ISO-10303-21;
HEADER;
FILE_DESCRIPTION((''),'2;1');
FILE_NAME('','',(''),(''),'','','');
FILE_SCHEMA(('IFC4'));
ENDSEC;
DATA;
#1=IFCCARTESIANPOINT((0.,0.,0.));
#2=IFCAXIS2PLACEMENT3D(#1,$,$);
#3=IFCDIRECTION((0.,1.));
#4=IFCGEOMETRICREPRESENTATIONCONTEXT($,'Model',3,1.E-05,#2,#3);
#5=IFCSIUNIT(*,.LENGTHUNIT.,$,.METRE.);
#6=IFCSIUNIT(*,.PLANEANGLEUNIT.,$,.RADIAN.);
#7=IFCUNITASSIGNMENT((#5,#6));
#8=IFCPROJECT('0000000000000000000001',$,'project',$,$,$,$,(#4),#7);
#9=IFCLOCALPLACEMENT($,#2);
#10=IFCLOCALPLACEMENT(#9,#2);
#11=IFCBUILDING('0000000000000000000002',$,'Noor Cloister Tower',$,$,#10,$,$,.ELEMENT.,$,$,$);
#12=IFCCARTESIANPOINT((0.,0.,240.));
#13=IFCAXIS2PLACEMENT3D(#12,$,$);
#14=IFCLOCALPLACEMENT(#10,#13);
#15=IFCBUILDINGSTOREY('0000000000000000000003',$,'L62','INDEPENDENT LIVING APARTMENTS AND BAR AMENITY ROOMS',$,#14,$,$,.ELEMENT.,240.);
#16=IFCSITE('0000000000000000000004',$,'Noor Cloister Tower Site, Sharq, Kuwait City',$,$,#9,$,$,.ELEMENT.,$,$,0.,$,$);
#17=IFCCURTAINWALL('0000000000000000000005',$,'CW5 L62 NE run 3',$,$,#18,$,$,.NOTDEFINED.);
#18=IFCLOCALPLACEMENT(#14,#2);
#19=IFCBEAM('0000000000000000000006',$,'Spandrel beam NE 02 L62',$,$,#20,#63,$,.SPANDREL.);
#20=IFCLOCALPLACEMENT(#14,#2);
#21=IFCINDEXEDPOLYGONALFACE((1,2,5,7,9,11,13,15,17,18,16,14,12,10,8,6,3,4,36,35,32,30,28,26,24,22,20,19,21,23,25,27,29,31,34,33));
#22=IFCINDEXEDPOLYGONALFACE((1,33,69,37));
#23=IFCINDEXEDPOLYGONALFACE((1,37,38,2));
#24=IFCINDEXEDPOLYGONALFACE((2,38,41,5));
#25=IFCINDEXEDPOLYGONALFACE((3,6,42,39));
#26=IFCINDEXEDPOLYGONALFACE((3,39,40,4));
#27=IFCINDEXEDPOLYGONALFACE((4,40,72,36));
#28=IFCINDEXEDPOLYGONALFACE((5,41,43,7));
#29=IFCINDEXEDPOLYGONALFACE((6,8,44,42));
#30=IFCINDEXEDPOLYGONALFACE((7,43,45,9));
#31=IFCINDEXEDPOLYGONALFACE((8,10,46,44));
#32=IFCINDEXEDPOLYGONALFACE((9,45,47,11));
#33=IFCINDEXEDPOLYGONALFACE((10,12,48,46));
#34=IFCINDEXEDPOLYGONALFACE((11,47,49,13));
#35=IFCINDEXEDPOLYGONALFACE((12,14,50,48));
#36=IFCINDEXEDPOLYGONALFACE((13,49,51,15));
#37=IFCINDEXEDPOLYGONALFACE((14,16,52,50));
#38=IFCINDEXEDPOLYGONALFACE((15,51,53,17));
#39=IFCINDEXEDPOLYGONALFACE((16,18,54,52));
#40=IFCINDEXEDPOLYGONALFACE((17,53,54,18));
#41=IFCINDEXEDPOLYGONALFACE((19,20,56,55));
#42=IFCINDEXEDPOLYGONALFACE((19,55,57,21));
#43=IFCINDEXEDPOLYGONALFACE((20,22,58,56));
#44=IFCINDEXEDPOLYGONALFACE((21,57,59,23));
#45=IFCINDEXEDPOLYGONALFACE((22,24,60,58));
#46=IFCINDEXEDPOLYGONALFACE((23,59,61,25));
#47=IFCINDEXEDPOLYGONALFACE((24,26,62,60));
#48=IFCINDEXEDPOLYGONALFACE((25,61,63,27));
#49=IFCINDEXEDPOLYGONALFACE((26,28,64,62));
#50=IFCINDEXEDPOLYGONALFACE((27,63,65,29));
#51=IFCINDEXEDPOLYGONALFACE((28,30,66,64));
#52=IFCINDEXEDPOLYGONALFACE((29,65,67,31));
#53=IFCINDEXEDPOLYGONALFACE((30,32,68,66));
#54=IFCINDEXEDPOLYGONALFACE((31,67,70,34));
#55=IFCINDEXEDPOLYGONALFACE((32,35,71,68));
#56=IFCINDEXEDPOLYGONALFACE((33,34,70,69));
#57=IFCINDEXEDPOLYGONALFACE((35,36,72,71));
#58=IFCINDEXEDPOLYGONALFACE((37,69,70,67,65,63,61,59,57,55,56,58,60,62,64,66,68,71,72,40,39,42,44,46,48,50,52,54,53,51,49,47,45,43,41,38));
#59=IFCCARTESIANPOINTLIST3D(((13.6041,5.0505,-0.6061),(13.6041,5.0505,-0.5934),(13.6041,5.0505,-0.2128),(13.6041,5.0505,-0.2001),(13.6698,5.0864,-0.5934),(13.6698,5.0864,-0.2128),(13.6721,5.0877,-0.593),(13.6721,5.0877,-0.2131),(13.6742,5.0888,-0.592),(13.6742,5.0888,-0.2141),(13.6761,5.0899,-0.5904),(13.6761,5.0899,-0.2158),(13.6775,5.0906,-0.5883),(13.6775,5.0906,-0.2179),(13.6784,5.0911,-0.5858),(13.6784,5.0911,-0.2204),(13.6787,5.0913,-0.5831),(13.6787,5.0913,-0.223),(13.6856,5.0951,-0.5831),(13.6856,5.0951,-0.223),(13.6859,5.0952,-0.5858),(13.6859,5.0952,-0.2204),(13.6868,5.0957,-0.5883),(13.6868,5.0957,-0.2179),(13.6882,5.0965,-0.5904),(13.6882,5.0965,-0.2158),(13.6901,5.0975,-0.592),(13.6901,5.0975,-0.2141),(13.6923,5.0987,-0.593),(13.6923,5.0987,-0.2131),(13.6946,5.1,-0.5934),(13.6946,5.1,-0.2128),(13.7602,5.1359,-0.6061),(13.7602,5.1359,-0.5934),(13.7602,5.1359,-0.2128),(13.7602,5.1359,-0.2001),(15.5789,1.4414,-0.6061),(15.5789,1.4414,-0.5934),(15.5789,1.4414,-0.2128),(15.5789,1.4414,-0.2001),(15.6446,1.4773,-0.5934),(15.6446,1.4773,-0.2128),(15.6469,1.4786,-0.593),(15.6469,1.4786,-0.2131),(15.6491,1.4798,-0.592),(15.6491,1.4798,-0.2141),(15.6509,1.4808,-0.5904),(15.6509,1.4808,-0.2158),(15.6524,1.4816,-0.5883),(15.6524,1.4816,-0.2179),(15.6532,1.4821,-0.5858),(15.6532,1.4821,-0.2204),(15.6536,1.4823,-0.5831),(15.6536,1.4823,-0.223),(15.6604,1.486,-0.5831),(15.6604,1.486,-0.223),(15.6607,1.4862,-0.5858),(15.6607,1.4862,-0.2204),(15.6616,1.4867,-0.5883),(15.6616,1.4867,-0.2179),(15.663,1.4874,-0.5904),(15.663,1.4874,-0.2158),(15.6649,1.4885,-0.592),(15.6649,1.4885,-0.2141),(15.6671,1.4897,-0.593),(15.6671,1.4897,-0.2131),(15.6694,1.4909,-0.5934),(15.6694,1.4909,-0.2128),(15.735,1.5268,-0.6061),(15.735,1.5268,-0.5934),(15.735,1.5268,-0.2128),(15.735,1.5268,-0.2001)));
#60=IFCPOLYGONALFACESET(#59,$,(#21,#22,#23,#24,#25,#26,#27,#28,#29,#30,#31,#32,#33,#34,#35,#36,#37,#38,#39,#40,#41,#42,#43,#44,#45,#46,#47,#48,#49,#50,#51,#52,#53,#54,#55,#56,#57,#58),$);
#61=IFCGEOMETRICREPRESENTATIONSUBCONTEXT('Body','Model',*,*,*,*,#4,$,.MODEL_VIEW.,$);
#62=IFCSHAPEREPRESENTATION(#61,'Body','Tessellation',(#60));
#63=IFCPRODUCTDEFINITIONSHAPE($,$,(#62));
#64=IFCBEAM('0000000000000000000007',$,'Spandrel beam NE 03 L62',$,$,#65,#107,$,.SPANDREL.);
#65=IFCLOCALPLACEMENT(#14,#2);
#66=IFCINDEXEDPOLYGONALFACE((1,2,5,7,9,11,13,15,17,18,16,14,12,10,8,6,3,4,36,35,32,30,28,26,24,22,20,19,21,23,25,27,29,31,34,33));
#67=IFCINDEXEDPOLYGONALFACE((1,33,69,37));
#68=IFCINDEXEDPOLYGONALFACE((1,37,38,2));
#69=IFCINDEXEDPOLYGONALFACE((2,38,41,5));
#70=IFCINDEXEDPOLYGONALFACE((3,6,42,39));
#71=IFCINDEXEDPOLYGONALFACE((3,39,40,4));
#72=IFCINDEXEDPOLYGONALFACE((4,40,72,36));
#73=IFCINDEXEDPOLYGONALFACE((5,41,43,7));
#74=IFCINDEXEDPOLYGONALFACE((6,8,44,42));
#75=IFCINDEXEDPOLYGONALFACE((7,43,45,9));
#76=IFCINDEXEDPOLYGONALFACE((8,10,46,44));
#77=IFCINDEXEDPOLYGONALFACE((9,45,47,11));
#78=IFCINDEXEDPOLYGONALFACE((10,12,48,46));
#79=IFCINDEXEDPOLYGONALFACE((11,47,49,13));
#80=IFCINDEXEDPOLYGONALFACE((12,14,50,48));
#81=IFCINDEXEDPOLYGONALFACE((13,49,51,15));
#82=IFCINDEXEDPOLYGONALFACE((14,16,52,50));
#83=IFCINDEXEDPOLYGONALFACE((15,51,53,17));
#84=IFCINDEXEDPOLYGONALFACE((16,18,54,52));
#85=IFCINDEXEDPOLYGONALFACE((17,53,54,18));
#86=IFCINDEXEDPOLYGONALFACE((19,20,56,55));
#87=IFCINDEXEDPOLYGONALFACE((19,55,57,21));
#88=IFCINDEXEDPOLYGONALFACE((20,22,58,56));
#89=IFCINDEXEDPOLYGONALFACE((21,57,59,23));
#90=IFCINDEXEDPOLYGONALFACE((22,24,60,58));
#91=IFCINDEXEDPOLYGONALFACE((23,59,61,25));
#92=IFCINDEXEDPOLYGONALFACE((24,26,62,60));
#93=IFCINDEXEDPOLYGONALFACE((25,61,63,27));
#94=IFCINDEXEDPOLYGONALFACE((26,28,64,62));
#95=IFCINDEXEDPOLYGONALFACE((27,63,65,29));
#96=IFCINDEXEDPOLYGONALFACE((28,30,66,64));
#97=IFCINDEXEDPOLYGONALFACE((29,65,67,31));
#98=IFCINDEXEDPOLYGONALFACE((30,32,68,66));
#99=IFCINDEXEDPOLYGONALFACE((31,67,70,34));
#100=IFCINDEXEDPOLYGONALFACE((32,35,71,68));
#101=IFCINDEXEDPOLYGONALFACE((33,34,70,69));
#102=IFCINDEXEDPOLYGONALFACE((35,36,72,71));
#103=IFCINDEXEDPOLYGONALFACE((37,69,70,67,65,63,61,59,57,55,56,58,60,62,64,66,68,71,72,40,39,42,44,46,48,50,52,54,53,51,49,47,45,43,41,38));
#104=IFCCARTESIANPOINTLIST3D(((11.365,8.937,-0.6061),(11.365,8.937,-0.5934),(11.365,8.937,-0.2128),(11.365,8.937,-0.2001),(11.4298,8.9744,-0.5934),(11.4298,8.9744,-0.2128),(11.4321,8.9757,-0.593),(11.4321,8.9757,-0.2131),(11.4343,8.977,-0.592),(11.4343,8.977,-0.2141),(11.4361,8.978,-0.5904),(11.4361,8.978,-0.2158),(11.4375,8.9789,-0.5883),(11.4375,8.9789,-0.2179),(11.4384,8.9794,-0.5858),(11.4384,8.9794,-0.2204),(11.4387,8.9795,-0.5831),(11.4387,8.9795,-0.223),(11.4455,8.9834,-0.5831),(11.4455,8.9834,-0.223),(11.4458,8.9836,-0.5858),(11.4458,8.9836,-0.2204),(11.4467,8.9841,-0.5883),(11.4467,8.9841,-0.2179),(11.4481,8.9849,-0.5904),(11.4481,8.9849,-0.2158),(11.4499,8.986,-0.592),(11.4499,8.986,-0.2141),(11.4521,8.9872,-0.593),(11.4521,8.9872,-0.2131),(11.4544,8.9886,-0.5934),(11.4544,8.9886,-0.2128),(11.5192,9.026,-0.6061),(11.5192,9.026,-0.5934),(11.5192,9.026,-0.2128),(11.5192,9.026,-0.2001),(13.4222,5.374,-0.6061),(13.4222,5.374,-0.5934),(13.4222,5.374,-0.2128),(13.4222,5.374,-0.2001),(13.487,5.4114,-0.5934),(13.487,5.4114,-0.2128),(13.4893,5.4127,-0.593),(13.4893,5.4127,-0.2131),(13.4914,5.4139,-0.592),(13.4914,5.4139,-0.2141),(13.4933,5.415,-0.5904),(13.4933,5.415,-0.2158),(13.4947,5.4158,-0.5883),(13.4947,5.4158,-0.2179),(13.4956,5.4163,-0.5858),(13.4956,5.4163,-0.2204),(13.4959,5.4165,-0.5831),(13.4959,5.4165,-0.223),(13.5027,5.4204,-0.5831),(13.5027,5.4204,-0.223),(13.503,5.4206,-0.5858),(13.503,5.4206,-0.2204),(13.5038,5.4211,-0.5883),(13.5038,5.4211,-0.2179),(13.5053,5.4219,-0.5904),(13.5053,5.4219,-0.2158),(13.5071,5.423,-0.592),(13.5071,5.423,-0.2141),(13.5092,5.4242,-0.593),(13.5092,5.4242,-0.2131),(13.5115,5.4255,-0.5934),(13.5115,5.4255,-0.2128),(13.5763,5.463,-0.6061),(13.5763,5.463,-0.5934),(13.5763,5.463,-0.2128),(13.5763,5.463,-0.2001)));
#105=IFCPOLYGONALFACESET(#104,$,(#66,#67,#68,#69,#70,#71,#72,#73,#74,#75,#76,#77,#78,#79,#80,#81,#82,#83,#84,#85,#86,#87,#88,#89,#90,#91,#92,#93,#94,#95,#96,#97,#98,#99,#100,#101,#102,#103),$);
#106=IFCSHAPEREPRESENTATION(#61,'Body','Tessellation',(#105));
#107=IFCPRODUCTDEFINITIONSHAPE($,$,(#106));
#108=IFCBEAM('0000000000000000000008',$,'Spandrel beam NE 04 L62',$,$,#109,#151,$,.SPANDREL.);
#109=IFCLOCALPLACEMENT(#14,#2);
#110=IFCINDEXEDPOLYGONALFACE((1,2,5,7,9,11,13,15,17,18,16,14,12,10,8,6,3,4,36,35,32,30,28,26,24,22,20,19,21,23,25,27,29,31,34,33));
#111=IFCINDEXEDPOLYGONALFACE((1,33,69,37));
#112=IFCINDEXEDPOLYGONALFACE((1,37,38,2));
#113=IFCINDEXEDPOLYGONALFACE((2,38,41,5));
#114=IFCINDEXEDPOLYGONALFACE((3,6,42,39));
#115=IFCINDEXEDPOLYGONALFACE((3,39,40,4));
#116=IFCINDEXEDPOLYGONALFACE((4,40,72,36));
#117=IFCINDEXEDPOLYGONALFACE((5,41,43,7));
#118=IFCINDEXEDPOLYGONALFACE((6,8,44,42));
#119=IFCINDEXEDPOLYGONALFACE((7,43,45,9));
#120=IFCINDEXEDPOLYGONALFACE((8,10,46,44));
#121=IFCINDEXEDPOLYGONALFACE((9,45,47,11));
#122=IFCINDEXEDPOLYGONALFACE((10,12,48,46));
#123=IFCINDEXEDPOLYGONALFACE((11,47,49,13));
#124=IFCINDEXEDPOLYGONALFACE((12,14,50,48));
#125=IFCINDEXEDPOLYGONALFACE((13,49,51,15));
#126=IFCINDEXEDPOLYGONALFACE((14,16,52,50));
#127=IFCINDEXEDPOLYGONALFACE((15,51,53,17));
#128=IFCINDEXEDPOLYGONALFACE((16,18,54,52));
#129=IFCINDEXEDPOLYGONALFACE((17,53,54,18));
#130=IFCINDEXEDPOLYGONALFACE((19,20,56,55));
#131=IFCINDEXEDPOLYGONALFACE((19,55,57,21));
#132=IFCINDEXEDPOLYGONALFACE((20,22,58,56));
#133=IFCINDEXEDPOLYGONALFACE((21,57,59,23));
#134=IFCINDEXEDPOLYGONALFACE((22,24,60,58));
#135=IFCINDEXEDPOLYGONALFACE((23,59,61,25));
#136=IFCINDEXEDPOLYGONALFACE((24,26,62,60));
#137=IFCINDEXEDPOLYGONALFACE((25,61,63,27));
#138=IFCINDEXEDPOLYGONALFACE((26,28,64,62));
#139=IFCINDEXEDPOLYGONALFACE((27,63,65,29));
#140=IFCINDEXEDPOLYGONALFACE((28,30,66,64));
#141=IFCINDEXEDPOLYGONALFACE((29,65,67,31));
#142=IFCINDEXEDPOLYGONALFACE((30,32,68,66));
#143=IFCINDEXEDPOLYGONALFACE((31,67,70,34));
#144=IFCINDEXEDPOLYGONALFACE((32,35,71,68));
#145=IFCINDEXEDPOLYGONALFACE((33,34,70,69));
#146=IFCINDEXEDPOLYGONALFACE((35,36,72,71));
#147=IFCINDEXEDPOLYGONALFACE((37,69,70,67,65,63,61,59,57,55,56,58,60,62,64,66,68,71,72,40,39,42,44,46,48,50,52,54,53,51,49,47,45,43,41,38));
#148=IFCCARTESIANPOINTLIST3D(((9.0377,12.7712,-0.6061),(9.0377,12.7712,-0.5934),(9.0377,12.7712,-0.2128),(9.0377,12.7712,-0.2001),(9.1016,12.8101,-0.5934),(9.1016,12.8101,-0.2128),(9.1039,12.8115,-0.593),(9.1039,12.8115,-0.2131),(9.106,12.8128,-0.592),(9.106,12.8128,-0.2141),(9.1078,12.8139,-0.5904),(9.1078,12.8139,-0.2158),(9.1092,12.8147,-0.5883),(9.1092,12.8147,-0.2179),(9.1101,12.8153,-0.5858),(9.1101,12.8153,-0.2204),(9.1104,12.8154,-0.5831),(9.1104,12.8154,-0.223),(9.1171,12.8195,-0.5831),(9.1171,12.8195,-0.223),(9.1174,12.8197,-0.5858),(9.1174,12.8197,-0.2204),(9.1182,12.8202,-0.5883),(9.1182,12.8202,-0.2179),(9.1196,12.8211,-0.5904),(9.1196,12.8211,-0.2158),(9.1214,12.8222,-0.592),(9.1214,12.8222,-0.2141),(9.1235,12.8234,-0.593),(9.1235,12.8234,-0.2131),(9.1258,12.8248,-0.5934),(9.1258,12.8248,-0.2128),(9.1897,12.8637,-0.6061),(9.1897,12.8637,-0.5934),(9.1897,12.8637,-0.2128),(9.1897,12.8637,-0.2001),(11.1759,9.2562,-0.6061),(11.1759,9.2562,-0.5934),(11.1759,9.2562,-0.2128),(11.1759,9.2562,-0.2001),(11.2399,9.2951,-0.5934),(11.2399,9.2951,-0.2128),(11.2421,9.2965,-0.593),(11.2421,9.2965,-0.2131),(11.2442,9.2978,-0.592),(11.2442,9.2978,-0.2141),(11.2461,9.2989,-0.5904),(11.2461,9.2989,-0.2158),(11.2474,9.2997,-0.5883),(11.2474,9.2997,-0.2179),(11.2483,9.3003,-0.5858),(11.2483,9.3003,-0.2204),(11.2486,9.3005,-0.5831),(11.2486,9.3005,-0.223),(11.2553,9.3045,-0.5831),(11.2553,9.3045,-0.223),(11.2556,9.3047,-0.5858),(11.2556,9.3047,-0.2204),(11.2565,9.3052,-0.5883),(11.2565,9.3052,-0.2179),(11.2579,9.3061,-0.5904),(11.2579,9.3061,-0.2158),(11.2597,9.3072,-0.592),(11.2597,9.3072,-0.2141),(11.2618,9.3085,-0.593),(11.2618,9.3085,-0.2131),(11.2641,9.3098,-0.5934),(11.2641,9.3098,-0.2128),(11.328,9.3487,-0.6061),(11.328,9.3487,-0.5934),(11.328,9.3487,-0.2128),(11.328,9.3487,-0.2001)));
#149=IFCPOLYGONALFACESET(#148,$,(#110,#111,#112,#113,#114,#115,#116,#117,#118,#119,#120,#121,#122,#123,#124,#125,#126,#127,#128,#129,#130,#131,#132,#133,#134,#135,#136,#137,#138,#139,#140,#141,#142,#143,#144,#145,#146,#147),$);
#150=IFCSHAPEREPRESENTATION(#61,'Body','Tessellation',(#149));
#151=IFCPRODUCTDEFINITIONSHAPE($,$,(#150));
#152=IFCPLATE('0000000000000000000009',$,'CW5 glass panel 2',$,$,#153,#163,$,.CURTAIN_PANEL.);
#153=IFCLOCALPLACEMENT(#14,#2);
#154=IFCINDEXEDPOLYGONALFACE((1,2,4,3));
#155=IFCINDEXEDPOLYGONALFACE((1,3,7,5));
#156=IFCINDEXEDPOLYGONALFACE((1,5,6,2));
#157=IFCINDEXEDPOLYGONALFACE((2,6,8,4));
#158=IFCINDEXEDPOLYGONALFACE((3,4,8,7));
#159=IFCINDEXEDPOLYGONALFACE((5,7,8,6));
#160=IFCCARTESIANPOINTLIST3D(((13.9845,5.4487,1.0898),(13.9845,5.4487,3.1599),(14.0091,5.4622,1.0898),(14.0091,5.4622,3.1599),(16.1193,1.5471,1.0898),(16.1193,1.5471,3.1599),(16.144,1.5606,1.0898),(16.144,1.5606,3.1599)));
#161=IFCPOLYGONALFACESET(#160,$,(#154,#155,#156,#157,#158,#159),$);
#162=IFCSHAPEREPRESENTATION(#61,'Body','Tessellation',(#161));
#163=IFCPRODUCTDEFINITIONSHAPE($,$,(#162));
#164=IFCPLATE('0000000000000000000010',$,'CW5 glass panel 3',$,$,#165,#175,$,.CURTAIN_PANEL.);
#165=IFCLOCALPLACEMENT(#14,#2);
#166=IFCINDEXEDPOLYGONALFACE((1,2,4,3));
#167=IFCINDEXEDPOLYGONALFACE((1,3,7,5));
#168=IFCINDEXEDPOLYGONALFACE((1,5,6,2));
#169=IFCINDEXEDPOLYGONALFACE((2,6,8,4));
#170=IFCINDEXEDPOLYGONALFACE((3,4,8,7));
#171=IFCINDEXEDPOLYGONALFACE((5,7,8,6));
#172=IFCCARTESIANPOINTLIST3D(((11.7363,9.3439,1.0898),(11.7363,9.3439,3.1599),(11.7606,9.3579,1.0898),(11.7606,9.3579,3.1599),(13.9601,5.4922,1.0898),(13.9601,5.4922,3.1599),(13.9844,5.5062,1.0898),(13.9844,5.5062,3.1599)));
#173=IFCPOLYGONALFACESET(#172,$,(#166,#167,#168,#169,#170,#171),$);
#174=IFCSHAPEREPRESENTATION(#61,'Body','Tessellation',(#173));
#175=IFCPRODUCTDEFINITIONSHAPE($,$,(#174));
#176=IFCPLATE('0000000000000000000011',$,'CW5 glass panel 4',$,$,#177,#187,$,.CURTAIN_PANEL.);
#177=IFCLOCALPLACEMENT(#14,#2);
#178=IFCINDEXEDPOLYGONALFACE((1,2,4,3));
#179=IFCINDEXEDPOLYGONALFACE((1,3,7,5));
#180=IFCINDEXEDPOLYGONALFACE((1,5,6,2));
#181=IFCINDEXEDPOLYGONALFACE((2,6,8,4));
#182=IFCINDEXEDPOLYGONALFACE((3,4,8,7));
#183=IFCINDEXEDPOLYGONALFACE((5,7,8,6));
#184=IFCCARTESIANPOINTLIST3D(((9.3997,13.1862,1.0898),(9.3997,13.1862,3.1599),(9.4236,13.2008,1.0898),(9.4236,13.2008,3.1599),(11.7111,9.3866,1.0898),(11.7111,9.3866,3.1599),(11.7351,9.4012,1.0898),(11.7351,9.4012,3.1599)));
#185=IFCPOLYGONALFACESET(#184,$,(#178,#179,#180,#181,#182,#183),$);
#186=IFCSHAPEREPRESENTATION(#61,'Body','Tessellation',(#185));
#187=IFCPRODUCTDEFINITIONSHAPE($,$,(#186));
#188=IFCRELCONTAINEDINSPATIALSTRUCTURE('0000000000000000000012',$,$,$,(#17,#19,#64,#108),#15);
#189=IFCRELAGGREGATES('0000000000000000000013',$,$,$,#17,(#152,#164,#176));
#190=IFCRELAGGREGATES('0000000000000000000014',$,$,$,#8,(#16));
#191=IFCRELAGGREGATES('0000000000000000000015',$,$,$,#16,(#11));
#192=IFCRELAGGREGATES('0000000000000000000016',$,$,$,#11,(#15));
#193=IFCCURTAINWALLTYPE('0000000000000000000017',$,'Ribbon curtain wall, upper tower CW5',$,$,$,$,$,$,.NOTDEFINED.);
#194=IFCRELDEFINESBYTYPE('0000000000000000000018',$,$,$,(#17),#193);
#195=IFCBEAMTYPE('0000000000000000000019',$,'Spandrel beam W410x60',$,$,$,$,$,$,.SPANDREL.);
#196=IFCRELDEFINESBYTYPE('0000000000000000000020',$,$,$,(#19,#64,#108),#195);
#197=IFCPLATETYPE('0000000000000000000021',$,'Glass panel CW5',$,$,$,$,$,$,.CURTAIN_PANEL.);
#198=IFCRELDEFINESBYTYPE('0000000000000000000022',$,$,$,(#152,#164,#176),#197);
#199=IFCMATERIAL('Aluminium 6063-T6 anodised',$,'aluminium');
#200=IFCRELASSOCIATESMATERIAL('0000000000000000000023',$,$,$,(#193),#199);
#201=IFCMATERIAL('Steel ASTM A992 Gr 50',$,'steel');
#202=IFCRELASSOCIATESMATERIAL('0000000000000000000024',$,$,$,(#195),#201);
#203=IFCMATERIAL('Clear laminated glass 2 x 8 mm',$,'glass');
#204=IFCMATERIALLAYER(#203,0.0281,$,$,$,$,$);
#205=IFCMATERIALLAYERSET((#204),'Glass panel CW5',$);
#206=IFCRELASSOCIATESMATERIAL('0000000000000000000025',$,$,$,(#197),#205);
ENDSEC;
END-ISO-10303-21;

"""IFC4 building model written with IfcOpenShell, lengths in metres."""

from ifc_helpers import new_model, si_unit, direction, frame, origin, origin_2d, place, context, subcontext, project, spatial, rectangle, i_section, extrude, material, layer, layer_set, material_profile, profile_set, type_object, element, aggregate, save


model = new_model("IFC4")

# Units and contexts
model_context = context("Model", 3, precision=1e-05, world=origin(), true_north=direction((0.0, 1.0)))
body_context = subcontext(model_context, "Body", "Model", "MODEL_VIEW")
ifc_project = project(units=[si_unit("LENGTHUNIT", "METRE"), si_unit("PLANEANGLEUNIT", "RADIAN")], contexts=[model_context])

# Site, building, storey
site_placement = place(None, origin())
site = spatial("IfcSite", under=ifc_project, at=site_placement, Name="Noor Cloister Tower Site, Sharq, Kuwait City", CompositionType="ELEMENT", RefElevation=0.0)
building_placement = place(site_placement, origin())
building = spatial("IfcBuilding", under=site, at=building_placement, Name="Noor Cloister Tower", CompositionType="ELEMENT")
storey_placement = place(building_placement, frame((0.0, 0.0, 240.0)))
storey = spatial("IfcBuildingStorey", under=building, at=storey_placement, Name="L62", Description="INDEPENDENT LIVING APARTMENTS AND BAR AMENITY ROOMS", CompositionType="ELEMENT", Elevation=240.0)

# Curtain wall
ifc_material_1 = material(Name="Aluminium 6063-T6 anodised", Category="aluminium")
curtain_wall_type = type_object("IfcCurtainWallType", Name="Ribbon curtain wall, upper tower CW5", PredefinedType="NOTDEFINED", material=ifc_material_1)
curtain_wall_placement = place(storey_placement, origin())
curtain_wall = element("IfcCurtainWall", 1, at=curtain_wall_placement, inside=storey, type_object=curtain_wall_type, Name="CW5 L62 NE run 3", PredefinedType="NOTDEFINED")

# Beams
ifc_material_2 = material(Name="Steel ASTM A992 Gr 50", Category="steel")
ifc_material_profile_1 = material_profile(ifc_material_2, i_section(OverallWidth=0.178, OverallDepth=0.406, WebThickness=0.0078, FlangeThickness=0.0127, FilletRadius=0.0103, at=origin_2d()), Name="W410x60")
ifc_profile_set_1 = profile_set([ifc_material_profile_1], Name="Steel ASTM A992 Gr 50")
beam_type_1 = type_object("IfcBeamType", Name="Spandrel beam W410x60", PredefinedType="SPANDREL", material=ifc_profile_set_1)
beam_1_placement = place(storey_placement, frame((15.657, 1.4841, -0.4031), z_axis=(-0.48002, 0.877258, 0.0), x_axis=(-0.877258, -0.48002, 0.0)))
element("IfcBeam", 2, at=beam_1_placement, inside=storey, type_object=beam_type_1, Name="Spandrel beam NE 02 L62", PredefinedType="SPANDREL", context=body_context, shape_type="SweptSolid", body=[
    extrude(i_section(OverallWidth=0.178, OverallDepth=0.406, WebThickness=0.0078, FlangeThickness=0.0127, FilletRadius=0.0103, at=origin_2d()), origin(), (0.0, 0.0, 1.0), 4.114),
])
for number, where, z_axis, x_axis, name in (
    (3, (13.4993, 5.4185, -0.4031), (-0.500007, 0.866022, 0.0), (-0.866022, -0.500007, 0.0), "Spandrel beam NE 03 L62"),
    (4, (11.252, 9.3025, -0.4031), (-0.519713, 0.854341, 0.0), (-0.854341, -0.519713, 0.0), "Spandrel beam NE 04 L62"),
):
    element("IfcBeam", number, at=place(storey_placement, frame(where, z_axis=z_axis, x_axis=x_axis)), inside=storey, type_object=beam_type_1, Name=name, PredefinedType="SPANDREL", context=body_context, shape_type="SweptSolid", body=[
        extrude(i_section(OverallWidth=0.178, OverallDepth=0.406, WebThickness=0.0078, FlangeThickness=0.0127, FilletRadius=0.0103, at=origin_2d()), origin(), (0.0, 0.0, 1.0), 4.1143),
    ])

# Plates
ifc_material_3 = material(Name="Clear laminated glass 2 x 8 mm", Category="glass")
ifc_layer_1 = layer(ifc_material_3, 0.0281)
ifc_layer_set_1 = layer_set([ifc_layer_1], Name="Glass panel CW5")
plate_type = type_object("IfcPlateType", Name="Glass panel CW5", PredefinedType="CURTAIN_PANEL", material=ifc_layer_set_1)
plate_1_placement = place(storey_placement, frame((15.0642, 3.5046, 1.0898), z_axis=(0.0, 0.0, 1.0), x_axis=(-0.480015, 0.87726, 0.0)))
plate_1 = element("IfcPlate", 5, at=plate_1_placement, type_object=plate_type, Name="CW5 glass panel 2", PredefinedType="CURTAIN_PANEL", context=body_context, shape_type="SweptSolid", body=[
    extrude(rectangle(XDim=4.4475, YDim=0.0281, at=origin_2d()), origin(), (0.0, 0.0, 1.0), 2.0701),
])
plate_2_placement = place(storey_placement, frame((12.8604, 7.425, 1.0898), z_axis=(0.0, 0.0, 1.0), x_axis=(-0.5, 0.866025, 0.0)))
plate_2 = element("IfcPlate", 6, at=plate_2_placement, type_object=plate_type, Name="CW5 glass panel 3", PredefinedType="CURTAIN_PANEL", context=body_context, shape_type="SweptSolid", body=[
    extrude(rectangle(XDim=4.4475, YDim=0.0281, at=origin_2d()), origin(), (0.0, 0.0, 1.0), 2.0701),
])
plate_3_placement = place(storey_placement, frame((10.5674, 11.2937, 1.0898), z_axis=(0.0, 0.0, 1.0), x_axis=(-0.519722, 0.854335, 0.0)))
plate_3 = element("IfcPlate", 7, at=plate_3_placement, type_object=plate_type, Name="CW5 glass panel 4", PredefinedType="CURTAIN_PANEL", context=body_context, shape_type="SweptSolid", body=[
    extrude(rectangle(XDim=4.4475, YDim=0.0281, at=origin_2d()), origin(), (0.0, 0.0, 1.0), 2.0701),
])
aggregate(curtain_wall, [plate_1, plate_2, plate_3])

save(model, "model.ifc")
